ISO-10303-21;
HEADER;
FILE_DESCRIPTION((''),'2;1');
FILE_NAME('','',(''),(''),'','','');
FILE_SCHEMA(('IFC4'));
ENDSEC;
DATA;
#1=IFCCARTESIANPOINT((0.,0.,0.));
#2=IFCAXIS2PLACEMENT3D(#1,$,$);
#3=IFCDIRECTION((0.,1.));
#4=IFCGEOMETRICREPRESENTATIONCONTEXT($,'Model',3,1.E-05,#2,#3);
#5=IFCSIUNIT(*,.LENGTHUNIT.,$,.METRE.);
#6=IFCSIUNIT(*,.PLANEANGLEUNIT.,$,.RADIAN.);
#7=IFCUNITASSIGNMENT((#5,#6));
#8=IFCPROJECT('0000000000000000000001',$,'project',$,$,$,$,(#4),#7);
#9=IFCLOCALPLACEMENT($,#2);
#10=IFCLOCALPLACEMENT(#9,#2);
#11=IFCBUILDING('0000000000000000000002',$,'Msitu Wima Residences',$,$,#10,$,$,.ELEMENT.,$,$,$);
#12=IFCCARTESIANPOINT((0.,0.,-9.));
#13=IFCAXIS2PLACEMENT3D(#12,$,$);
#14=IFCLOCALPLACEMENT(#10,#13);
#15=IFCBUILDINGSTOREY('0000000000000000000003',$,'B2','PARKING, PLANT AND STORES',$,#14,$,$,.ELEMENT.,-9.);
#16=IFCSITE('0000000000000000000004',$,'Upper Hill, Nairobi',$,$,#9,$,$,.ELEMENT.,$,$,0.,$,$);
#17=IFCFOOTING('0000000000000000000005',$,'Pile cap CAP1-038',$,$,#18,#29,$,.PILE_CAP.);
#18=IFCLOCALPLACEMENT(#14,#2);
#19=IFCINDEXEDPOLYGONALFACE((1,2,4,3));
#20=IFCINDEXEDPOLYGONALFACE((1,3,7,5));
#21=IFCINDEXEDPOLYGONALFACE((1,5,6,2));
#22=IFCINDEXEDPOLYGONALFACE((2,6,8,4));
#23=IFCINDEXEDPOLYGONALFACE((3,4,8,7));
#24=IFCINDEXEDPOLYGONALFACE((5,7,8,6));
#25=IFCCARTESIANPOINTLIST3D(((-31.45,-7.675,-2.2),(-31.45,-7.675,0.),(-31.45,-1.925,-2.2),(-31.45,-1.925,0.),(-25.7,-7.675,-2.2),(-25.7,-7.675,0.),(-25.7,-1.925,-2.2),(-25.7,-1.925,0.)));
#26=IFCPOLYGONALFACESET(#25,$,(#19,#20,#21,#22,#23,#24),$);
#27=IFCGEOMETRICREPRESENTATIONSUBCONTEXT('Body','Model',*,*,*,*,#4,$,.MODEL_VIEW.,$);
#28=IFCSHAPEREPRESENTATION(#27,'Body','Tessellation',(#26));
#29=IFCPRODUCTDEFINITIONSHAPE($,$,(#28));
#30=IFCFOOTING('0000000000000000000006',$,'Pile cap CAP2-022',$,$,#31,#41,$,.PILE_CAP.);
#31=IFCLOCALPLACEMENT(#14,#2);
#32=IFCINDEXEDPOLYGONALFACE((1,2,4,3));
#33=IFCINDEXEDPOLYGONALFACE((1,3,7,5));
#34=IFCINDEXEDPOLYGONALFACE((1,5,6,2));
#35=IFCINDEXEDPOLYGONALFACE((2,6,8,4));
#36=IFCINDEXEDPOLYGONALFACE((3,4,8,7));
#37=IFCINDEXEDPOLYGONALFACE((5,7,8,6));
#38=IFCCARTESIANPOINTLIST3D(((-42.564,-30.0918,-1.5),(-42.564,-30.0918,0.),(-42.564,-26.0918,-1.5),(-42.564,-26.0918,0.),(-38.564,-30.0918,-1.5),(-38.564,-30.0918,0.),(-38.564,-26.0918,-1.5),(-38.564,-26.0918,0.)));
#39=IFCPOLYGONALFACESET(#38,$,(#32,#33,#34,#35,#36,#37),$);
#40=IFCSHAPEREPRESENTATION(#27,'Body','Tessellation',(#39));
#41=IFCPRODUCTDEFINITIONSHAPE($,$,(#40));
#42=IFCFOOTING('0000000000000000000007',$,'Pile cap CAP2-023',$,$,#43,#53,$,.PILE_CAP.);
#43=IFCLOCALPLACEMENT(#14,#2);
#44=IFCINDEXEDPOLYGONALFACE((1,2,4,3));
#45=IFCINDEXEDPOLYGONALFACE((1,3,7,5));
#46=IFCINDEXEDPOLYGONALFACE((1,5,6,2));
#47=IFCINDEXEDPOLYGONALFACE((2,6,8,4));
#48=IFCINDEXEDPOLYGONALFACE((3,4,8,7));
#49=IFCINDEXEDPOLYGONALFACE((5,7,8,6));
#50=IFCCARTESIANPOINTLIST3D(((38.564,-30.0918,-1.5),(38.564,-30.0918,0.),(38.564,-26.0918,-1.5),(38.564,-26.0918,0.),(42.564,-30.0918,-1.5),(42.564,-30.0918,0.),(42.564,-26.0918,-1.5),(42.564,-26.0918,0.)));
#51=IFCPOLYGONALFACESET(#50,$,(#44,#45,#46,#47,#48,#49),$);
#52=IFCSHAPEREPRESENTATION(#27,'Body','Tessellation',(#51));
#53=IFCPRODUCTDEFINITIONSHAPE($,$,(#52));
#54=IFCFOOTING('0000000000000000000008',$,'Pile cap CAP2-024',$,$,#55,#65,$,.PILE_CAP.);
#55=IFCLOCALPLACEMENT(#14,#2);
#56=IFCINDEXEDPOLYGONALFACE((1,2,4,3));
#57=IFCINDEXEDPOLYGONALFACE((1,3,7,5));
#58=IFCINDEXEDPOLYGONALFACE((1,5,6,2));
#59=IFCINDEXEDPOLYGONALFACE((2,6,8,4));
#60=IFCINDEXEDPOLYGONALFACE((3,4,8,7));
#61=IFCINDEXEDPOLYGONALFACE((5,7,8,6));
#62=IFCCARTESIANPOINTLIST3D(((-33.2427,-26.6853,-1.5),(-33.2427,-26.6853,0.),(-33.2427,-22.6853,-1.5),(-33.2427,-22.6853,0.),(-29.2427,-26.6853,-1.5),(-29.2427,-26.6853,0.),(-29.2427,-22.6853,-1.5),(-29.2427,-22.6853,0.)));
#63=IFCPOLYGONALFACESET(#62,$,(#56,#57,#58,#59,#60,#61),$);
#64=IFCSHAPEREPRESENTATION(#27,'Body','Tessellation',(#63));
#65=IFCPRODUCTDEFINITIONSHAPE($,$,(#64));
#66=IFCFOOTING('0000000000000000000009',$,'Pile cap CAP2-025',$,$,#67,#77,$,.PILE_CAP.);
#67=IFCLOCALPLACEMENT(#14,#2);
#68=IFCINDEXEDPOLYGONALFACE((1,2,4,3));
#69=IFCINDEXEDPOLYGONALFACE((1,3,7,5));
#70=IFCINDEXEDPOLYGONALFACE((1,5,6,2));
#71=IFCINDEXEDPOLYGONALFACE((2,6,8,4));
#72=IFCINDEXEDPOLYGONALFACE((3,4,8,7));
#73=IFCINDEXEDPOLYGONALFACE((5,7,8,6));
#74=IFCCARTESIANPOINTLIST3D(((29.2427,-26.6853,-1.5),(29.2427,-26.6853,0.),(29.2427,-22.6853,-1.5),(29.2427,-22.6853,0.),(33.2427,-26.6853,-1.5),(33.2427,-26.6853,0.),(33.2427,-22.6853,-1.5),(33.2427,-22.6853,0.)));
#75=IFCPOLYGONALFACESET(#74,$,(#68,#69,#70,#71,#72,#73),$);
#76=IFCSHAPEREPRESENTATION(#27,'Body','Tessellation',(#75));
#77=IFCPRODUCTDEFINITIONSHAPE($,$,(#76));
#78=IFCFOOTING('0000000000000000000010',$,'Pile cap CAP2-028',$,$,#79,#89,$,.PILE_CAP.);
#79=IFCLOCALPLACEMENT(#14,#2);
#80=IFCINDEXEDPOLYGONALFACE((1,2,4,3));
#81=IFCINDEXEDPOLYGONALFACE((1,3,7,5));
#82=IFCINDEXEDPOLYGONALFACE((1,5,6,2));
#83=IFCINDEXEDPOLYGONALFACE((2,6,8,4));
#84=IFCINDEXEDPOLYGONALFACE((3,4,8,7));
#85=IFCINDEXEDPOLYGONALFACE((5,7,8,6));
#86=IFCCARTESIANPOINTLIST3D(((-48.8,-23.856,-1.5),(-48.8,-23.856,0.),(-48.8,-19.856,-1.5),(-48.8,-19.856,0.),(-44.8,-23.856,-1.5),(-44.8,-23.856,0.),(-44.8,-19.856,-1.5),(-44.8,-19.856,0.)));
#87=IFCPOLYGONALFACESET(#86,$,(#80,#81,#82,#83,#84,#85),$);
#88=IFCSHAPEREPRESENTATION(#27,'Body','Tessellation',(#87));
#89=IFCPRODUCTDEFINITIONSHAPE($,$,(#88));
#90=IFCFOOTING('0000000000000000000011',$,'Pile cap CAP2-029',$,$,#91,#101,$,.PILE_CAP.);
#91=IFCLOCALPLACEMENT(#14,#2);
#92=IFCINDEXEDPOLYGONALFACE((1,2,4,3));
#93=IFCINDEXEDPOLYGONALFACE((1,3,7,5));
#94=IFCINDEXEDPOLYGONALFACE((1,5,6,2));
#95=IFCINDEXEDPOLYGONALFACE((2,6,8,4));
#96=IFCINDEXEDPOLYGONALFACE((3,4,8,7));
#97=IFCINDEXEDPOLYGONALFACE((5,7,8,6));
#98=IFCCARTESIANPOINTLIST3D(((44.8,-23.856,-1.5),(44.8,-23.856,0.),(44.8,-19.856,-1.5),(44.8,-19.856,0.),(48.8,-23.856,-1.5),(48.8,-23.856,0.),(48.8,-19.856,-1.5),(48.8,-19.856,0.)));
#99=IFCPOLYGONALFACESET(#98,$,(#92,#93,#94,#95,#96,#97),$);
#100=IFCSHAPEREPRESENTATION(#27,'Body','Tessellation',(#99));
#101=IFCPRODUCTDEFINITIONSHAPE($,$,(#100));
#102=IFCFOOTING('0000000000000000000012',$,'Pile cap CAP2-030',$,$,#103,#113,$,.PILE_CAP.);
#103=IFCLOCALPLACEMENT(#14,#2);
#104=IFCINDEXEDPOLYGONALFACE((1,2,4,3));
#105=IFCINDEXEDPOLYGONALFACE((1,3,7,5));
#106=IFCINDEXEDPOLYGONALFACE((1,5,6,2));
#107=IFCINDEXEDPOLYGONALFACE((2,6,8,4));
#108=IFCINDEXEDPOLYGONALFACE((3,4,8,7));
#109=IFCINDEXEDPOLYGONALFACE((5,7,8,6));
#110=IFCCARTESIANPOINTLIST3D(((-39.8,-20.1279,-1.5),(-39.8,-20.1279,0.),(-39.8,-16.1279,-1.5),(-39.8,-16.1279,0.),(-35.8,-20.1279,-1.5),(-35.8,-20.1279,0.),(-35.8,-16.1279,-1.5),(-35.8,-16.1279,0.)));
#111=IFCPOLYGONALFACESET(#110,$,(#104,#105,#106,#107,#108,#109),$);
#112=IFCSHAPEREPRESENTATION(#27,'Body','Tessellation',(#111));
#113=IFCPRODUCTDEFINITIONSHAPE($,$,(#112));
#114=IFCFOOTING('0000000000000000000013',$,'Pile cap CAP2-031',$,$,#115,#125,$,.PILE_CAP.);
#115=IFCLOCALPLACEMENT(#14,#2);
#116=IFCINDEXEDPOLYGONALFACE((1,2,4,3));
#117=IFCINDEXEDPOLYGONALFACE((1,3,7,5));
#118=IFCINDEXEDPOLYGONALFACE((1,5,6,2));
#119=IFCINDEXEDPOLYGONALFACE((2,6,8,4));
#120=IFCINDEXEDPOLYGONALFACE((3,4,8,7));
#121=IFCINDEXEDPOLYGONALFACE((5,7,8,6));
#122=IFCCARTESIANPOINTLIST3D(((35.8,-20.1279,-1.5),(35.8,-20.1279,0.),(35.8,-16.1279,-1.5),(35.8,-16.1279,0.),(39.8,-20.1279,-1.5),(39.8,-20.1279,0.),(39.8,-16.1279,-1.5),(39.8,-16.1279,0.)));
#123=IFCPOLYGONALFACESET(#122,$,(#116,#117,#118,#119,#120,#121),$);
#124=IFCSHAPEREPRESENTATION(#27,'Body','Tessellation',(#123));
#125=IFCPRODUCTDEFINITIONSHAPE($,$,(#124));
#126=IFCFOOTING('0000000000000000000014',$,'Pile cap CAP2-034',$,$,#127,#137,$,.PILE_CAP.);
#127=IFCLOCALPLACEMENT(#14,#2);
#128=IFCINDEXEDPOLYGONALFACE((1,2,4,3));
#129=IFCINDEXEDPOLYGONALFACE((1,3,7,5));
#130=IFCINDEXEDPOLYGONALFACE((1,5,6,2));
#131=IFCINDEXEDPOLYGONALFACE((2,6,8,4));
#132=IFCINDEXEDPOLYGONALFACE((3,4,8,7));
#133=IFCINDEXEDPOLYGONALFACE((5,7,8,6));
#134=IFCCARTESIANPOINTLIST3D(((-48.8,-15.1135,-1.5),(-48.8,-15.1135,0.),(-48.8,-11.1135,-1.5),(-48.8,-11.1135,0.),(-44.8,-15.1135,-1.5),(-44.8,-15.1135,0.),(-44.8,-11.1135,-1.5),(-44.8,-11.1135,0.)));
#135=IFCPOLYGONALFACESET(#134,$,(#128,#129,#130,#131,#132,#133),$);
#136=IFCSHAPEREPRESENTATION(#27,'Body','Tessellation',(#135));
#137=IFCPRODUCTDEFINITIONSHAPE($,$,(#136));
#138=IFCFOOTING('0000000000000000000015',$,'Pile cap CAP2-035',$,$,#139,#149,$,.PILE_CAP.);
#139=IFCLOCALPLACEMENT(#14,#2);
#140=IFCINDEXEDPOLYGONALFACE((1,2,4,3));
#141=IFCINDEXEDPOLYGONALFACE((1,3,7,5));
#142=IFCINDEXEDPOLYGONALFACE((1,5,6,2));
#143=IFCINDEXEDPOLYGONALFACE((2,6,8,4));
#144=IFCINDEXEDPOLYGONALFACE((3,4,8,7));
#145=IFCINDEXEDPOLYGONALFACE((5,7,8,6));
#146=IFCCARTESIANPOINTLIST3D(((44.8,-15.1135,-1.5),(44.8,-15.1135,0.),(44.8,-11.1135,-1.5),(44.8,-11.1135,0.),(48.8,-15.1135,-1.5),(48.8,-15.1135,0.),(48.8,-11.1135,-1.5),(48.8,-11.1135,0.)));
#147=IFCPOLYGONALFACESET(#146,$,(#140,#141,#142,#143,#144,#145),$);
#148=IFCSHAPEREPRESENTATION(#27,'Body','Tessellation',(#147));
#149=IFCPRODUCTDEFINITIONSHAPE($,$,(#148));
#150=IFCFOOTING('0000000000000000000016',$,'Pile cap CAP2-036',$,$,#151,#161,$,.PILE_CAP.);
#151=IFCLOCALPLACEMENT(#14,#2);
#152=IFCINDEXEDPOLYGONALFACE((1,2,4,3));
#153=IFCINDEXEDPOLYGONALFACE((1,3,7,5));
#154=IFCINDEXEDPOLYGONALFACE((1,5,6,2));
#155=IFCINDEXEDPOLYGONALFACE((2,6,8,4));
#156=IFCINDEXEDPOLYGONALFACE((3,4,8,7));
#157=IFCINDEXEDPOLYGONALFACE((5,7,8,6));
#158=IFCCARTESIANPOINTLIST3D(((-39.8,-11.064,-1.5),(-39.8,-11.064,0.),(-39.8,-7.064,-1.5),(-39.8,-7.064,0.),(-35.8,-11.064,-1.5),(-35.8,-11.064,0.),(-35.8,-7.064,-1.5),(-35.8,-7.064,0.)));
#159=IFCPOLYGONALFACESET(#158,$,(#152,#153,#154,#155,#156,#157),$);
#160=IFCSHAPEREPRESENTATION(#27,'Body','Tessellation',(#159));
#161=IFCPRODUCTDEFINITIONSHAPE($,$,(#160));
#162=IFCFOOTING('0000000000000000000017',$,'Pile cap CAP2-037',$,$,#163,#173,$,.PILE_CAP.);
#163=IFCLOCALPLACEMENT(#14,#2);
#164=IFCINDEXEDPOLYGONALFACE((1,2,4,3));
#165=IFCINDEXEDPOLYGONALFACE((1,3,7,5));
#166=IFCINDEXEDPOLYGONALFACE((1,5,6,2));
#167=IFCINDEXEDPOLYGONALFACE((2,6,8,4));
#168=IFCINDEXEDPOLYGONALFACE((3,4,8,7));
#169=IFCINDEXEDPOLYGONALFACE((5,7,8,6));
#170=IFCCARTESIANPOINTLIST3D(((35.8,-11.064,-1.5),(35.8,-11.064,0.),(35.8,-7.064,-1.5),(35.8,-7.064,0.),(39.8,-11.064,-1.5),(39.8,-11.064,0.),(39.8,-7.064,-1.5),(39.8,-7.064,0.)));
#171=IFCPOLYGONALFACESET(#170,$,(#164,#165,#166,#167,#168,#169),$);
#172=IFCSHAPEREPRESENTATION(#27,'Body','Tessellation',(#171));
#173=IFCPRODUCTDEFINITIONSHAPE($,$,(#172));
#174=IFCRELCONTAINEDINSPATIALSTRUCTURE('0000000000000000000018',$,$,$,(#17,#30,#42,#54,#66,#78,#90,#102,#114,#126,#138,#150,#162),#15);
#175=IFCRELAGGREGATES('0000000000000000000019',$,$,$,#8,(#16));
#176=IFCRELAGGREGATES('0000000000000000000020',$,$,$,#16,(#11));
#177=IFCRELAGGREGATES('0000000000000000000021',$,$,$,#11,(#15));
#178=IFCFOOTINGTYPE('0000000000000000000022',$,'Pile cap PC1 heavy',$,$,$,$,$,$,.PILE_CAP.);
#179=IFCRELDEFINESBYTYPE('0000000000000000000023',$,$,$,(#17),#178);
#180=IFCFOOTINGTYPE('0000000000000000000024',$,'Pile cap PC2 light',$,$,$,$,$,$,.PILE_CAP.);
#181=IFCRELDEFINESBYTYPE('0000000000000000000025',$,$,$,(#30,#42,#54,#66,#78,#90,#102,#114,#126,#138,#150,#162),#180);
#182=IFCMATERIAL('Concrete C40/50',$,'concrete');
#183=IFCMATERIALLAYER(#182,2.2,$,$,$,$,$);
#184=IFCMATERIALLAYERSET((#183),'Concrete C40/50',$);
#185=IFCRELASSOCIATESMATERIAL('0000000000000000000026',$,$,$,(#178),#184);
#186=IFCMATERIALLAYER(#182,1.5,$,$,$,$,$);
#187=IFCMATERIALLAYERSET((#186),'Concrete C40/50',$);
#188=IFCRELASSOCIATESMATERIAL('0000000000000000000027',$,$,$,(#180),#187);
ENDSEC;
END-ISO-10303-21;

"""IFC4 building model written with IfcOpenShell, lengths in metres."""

from ifc_helpers import new_model, si_unit, direction, frame, origin, place, context, subcontext, project, spatial, polyline, outline, extrude, material, layer, layer_set, type_object, element, save


model = new_model("IFC4")

# Units and contexts
model_context = context("Model", 3, precision=1e-05, world=origin(), true_north=direction((0.0, 1.0)))
body_context = subcontext(model_context, "Body", "Model", "MODEL_VIEW")
ifc_project = project(units=[si_unit("LENGTHUNIT", "METRE"), si_unit("PLANEANGLEUNIT", "RADIAN")], contexts=[model_context])

# Site, building, storey
site_placement = place(None, origin())
site = spatial("IfcSite", under=ifc_project, at=site_placement, Name="Upper Hill, Nairobi", CompositionType="ELEMENT", RefElevation=0.0)
building_placement = place(site_placement, origin())
building = spatial("IfcBuilding", under=site, at=building_placement, Name="Msitu Wima Residences", CompositionType="ELEMENT")
storey_placement = place(building_placement, frame((0.0, 0.0, -9.0)))
storey = spatial("IfcBuildingStorey", under=building, at=storey_placement, Name="B2", Description="PARKING, PLANT AND STORES", CompositionType="ELEMENT", Elevation=-9.0)

# Shared definitions
ifc_material = material(Name="Concrete C40/50", Category="concrete")

# Footings
ifc_layer_1 = layer(ifc_material, 2.2)
ifc_layer_set_1 = layer_set([ifc_layer_1], Name="Concrete C40/50")
footing_type_1 = type_object("IfcFootingType", Name="Pile cap PC1 heavy", PredefinedType="PILE_CAP", material=ifc_layer_set_1)
footing_1_placement = place(storey_placement, frame((0.0, 0.0, -2.2)))
element("IfcFooting", 1, at=footing_1_placement, inside=storey, type_object=footing_type_1, Name="Pile cap CAP1-038", PredefinedType="PILE_CAP", context=body_context, shape_type="SweptSolid", body=[
    extrude(outline(polyline([(-25.7, -7.675), (-25.7, -1.925), (-31.45, -1.925), (-31.45, -7.675), (-25.7, -7.675)])), origin(), (0.0, 0.0, 1.0), 2.2),
])
ifc_layer_2 = layer(ifc_material, 1.5)
ifc_layer_set_2 = layer_set([ifc_layer_2], Name="Concrete C40/50")
footing_type_2 = type_object("IfcFootingType", Name="Pile cap PC2 light", PredefinedType="PILE_CAP", material=ifc_layer_set_2)
footing_2_placement = place(storey_placement, frame((0.0, 0.0, -1.5)))
element("IfcFooting", 2, at=footing_2_placement, inside=storey, type_object=footing_type_2, Name="Pile cap CAP2-022", PredefinedType="PILE_CAP", context=body_context, shape_type="SweptSolid", body=[
    extrude(outline(polyline([(-38.564, -30.0918), (-38.564, -26.0918), (-42.564, -26.0918), (-42.564, -30.0918), (-38.564, -30.0918)])), origin(), (0.0, 0.0, 1.0), 1.5),
])
footing_3_placement = place(storey_placement, frame((0.0, 0.0, -1.5)))
element("IfcFooting", 3, at=footing_3_placement, inside=storey, type_object=footing_type_2, Name="Pile cap CAP2-023", PredefinedType="PILE_CAP", context=body_context, shape_type="SweptSolid", body=[
    extrude(outline(polyline([(42.564, -30.0918), (42.564, -26.0918), (38.564, -26.0918), (38.564, -30.0918), (42.564, -30.0918)])), origin(), (0.0, 0.0, 1.0), 1.5),
])
footing_4_placement = place(storey_placement, frame((0.0, 0.0, -1.5)))
element("IfcFooting", 4, at=footing_4_placement, inside=storey, type_object=footing_type_2, Name="Pile cap CAP2-024", PredefinedType="PILE_CAP", context=body_context, shape_type="SweptSolid", body=[
    extrude(outline(polyline([(-29.2427, -26.6853), (-29.2427, -22.6853), (-33.2427, -22.6853), (-33.2427, -26.6853), (-29.2427, -26.6853)])), origin(), (0.0, 0.0, 1.0), 1.5),
])
footing_5_placement = place(storey_placement, frame((0.0, 0.0, -1.5)))
element("IfcFooting", 5, at=footing_5_placement, inside=storey, type_object=footing_type_2, Name="Pile cap CAP2-025", PredefinedType="PILE_CAP", context=body_context, shape_type="SweptSolid", body=[
    extrude(outline(polyline([(33.2427, -26.6853), (33.2427, -22.6853), (29.2427, -22.6853), (29.2427, -26.6853), (33.2427, -26.6853)])), origin(), (0.0, 0.0, 1.0), 1.5),
])
footing_6_placement = place(storey_placement, frame((0.0, 0.0, -1.5)))
element("IfcFooting", 6, at=footing_6_placement, inside=storey, type_object=footing_type_2, Name="Pile cap CAP2-028", PredefinedType="PILE_CAP", context=body_context, shape_type="SweptSolid", body=[
    extrude(outline(polyline([(-44.8, -23.856), (-44.8, -19.856), (-48.8, -19.856), (-48.8, -23.856), (-44.8, -23.856)])), origin(), (0.0, 0.0, 1.0), 1.5),
])
footing_7_placement = place(storey_placement, frame((0.0, 0.0, -1.5)))
element("IfcFooting", 7, at=footing_7_placement, inside=storey, type_object=footing_type_2, Name="Pile cap CAP2-029", PredefinedType="PILE_CAP", context=body_context, shape_type="SweptSolid", body=[
    extrude(outline(polyline([(48.8, -23.856), (48.8, -19.856), (44.8, -19.856), (44.8, -23.856), (48.8, -23.856)])), origin(), (0.0, 0.0, 1.0), 1.5),
])
footing_8_placement = place(storey_placement, frame((0.0, 0.0, -1.5)))
element("IfcFooting", 8, at=footing_8_placement, inside=storey, type_object=footing_type_2, Name="Pile cap CAP2-030", PredefinedType="PILE_CAP", context=body_context, shape_type="SweptSolid", body=[
    extrude(outline(polyline([(-35.8, -20.1279), (-35.8, -16.1279), (-39.8, -16.1279), (-39.8, -20.1279), (-35.8, -20.1279)])), origin(), (0.0, 0.0, 1.0), 1.5),
])
footing_9_placement = place(storey_placement, frame((0.0, 0.0, -1.5)))
element("IfcFooting", 9, at=footing_9_placement, inside=storey, type_object=footing_type_2, Name="Pile cap CAP2-031", PredefinedType="PILE_CAP", context=body_context, shape_type="SweptSolid", body=[
    extrude(outline(polyline([(39.8, -20.1279), (39.8, -16.1279), (35.8, -16.1279), (35.8, -20.1279), (39.8, -20.1279)])), origin(), (0.0, 0.0, 1.0), 1.5),
])
footing_10_placement = place(storey_placement, frame((0.0, 0.0, -1.5)))
element("IfcFooting", 10, at=footing_10_placement, inside=storey, type_object=footing_type_2, Name="Pile cap CAP2-034", PredefinedType="PILE_CAP", context=body_context, shape_type="SweptSolid", body=[
    extrude(outline(polyline([(-44.8, -15.1135), (-44.8, -11.1135), (-48.8, -11.1135), (-48.8, -15.1135), (-44.8, -15.1135)])), origin(), (0.0, 0.0, 1.0), 1.5),
])
footing_11_placement = place(storey_placement, frame((0.0, 0.0, -1.5)))
element("IfcFooting", 11, at=footing_11_placement, inside=storey, type_object=footing_type_2, Name="Pile cap CAP2-035", PredefinedType="PILE_CAP", context=body_context, shape_type="SweptSolid", body=[
    extrude(outline(polyline([(48.8, -15.1135), (48.8, -11.1135), (44.8, -11.1135), (44.8, -15.1135), (48.8, -15.1135)])), origin(), (0.0, 0.0, 1.0), 1.5),
])
footing_12_placement = place(storey_placement, frame((0.0, 0.0, -1.5)))
element("IfcFooting", 12, at=footing_12_placement, inside=storey, type_object=footing_type_2, Name="Pile cap CAP2-036", PredefinedType="PILE_CAP", context=body_context, shape_type="SweptSolid", body=[
    extrude(outline(polyline([(-35.8, -11.064), (-35.8, -7.064), (-39.8, -7.064), (-39.8, -11.064), (-35.8, -11.064)])), origin(), (0.0, 0.0, 1.0), 1.5),
])
footing_13_placement = place(storey_placement, frame((0.0, 0.0, -1.5)))
element("IfcFooting", 13, at=footing_13_placement, inside=storey, type_object=footing_type_2, Name="Pile cap CAP2-037", PredefinedType="PILE_CAP", context=body_context, shape_type="SweptSolid", body=[
    extrude(outline(polyline([(39.8, -11.064), (39.8, -7.064), (35.8, -7.064), (35.8, -11.064), (39.8, -11.064)])), origin(), (0.0, 0.0, 1.0), 1.5),
])

save(model, "model.ifc")
